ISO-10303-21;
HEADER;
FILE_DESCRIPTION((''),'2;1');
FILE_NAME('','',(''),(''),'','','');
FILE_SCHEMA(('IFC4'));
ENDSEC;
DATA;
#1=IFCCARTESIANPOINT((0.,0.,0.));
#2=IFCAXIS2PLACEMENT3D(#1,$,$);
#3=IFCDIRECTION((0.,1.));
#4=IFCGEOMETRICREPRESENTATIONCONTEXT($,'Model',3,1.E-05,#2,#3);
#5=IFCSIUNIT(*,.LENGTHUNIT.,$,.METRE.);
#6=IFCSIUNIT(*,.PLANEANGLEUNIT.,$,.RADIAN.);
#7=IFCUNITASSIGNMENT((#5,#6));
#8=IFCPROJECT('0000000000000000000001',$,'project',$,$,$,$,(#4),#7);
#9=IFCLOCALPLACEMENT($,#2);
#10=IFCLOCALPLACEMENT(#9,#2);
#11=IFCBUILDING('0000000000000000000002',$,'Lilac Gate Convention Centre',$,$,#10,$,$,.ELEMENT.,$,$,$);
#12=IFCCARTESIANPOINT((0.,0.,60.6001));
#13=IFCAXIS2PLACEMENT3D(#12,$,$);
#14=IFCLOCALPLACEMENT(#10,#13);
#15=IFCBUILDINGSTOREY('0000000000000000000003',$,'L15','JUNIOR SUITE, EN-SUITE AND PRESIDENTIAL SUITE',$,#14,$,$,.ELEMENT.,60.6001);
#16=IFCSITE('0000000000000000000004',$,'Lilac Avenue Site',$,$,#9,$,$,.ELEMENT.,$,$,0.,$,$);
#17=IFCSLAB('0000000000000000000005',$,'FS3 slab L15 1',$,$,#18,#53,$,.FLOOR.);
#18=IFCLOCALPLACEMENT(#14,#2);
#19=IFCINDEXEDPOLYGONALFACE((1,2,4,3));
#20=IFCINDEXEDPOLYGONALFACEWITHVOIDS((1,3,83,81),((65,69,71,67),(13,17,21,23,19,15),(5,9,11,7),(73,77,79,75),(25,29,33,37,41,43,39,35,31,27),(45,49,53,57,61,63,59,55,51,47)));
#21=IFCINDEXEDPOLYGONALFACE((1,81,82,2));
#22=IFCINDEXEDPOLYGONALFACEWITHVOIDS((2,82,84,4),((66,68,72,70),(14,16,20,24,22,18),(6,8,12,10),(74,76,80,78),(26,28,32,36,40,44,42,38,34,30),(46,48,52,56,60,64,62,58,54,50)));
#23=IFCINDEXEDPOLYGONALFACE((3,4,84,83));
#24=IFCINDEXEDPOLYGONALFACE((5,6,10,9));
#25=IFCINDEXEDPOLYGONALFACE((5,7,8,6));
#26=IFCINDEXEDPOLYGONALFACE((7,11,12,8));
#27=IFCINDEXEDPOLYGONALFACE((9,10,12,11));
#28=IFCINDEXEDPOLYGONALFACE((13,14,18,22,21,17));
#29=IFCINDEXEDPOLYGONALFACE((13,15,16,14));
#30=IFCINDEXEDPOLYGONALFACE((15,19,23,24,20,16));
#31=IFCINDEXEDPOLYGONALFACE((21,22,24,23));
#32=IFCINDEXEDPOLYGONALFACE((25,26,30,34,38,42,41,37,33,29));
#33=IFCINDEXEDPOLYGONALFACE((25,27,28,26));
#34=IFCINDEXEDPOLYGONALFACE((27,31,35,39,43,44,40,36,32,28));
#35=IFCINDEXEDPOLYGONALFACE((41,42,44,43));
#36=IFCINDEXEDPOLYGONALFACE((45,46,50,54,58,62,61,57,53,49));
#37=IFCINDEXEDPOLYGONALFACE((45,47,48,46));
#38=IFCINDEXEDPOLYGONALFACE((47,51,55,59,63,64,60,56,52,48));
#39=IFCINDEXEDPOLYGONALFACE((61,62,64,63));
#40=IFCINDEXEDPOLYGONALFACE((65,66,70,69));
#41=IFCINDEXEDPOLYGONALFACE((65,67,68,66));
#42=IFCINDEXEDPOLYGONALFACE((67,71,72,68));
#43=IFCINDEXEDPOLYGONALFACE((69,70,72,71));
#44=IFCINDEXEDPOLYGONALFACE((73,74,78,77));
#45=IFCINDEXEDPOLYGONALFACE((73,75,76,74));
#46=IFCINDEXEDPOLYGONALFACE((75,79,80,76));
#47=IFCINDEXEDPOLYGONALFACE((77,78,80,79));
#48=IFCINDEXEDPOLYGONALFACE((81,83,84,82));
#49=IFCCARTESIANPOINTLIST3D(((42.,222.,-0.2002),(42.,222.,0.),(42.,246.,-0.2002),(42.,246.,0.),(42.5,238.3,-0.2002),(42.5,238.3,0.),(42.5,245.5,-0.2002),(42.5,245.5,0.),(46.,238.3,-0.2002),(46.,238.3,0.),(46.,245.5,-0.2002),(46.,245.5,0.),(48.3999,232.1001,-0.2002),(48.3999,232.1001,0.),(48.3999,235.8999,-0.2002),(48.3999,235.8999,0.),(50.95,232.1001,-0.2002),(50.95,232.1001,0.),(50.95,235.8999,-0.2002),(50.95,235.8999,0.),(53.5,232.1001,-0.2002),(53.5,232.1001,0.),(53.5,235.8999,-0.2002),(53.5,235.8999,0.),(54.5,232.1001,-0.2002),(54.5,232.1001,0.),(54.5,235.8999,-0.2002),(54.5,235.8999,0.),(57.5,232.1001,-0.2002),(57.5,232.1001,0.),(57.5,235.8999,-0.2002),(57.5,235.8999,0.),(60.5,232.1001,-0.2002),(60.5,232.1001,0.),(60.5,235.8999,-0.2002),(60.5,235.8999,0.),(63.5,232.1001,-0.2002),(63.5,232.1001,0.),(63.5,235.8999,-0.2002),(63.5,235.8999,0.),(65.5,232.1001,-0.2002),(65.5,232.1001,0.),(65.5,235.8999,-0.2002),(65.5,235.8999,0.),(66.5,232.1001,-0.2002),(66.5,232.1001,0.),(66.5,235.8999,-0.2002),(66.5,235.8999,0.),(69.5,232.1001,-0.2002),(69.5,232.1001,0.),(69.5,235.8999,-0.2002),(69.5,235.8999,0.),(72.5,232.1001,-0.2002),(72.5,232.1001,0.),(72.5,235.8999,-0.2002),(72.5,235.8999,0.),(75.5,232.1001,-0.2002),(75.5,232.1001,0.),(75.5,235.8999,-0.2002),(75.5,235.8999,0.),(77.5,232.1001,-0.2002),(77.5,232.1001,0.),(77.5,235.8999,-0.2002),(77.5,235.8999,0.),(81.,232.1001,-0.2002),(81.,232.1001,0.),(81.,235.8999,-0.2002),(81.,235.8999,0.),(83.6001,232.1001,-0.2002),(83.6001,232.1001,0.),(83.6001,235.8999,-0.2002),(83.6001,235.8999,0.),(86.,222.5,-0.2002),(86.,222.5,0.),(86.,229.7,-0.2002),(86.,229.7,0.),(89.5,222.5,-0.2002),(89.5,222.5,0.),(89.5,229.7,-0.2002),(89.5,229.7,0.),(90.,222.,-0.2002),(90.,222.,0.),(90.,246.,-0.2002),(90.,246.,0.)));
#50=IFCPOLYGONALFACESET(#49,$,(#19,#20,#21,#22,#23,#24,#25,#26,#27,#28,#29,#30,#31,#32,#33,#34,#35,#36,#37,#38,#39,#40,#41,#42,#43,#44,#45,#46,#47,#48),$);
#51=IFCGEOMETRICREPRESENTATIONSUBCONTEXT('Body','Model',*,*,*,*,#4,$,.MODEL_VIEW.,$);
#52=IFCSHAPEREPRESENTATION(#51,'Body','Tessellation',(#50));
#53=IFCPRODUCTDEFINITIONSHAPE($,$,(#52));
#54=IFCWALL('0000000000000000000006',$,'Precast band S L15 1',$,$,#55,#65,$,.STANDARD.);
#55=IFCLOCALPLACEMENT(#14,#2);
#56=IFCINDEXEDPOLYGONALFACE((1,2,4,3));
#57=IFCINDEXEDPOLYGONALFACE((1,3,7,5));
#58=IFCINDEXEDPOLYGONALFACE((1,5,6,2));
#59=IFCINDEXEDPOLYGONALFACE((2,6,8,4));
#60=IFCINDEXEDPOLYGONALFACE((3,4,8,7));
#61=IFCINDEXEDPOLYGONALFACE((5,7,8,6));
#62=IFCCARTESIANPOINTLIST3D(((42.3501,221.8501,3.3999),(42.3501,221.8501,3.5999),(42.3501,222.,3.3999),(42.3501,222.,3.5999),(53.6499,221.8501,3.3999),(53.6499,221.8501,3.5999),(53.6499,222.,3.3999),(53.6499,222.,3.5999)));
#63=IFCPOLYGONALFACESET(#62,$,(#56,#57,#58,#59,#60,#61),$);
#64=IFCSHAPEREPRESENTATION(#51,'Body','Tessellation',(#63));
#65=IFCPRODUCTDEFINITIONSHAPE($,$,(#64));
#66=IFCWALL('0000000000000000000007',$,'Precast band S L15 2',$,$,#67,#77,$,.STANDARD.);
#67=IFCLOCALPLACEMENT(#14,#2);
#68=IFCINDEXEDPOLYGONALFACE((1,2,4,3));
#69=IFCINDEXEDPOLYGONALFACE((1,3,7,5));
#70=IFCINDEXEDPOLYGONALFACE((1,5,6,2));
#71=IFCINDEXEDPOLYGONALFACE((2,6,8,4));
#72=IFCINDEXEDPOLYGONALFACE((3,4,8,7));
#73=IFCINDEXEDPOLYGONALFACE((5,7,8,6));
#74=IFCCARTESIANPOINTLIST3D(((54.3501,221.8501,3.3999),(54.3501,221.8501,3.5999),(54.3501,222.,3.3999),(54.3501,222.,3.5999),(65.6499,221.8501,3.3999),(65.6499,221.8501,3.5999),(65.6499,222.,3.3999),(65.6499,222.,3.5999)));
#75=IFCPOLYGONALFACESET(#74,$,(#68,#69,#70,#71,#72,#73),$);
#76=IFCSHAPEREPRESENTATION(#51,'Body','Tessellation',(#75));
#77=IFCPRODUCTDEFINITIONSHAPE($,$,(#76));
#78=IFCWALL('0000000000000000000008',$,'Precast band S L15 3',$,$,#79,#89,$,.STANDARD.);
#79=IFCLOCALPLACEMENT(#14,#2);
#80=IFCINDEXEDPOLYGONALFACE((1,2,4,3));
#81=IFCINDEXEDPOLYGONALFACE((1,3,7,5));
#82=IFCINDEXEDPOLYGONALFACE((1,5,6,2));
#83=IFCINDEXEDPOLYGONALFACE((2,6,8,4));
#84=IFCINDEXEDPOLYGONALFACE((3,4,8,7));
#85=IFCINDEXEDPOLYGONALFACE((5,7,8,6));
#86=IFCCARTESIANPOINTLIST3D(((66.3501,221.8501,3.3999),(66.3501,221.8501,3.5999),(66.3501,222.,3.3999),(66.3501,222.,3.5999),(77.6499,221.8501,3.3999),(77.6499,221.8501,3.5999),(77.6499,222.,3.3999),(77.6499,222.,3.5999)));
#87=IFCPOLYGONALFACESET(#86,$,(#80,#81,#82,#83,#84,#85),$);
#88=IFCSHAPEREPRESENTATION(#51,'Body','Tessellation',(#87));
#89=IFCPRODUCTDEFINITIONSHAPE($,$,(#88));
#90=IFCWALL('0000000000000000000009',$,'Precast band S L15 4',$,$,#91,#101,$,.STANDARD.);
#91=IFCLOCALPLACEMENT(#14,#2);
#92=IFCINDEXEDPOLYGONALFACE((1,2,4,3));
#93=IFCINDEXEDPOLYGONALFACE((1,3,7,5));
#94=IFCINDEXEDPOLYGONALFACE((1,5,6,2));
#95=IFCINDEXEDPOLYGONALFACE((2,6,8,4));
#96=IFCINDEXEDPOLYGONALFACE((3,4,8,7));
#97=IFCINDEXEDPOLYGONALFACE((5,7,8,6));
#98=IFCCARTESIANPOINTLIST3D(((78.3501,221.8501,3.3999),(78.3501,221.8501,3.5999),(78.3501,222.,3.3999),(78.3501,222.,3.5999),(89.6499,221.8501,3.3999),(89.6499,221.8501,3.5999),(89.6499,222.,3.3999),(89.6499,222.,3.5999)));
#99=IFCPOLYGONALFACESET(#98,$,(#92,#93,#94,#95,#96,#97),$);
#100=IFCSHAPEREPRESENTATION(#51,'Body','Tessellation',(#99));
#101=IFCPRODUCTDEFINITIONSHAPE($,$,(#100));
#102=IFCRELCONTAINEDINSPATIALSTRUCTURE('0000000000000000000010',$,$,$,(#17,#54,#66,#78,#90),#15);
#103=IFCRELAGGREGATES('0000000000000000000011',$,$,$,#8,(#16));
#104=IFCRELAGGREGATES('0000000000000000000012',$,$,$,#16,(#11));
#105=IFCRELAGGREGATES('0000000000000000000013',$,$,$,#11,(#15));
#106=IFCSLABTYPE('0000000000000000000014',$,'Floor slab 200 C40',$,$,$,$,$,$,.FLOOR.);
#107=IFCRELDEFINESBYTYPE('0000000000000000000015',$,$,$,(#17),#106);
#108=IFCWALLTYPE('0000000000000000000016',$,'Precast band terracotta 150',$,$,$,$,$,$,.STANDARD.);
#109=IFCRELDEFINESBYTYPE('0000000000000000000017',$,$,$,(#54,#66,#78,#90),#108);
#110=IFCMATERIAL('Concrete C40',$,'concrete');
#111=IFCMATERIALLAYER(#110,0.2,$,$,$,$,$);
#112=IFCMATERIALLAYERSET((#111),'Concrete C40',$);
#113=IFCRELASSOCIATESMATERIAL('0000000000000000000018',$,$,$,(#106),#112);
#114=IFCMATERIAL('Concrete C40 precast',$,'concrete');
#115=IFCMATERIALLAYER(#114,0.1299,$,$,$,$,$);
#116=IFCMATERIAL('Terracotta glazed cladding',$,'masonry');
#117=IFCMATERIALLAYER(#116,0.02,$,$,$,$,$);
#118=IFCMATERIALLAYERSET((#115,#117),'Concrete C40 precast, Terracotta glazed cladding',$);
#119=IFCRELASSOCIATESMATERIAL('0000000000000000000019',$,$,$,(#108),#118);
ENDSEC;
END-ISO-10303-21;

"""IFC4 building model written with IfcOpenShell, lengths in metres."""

from ifc_helpers import new_model, si_unit, direction, frame, frame_2d, origin, place, context, subcontext, project, spatial, polyline, rectangle, outline, extrude, material, layer, layer_set, type_object, element, save


model = new_model("IFC4")

# Units and contexts
model_context = context("Model", 3, precision=1e-05, world=origin(), true_north=direction((0.0, 1.0)))
body_context = subcontext(model_context, "Body", "Model", "MODEL_VIEW")
ifc_project = project(units=[si_unit("LENGTHUNIT", "METRE"), si_unit("PLANEANGLEUNIT", "RADIAN")], contexts=[model_context])

# Site, building, storey
site_placement = place(None, origin())
site = spatial("IfcSite", under=ifc_project, at=site_placement, Name="Lilac Avenue Site", CompositionType="ELEMENT", RefElevation=0.0)
building_placement = place(site_placement, origin())
building = spatial("IfcBuilding", under=site, at=building_placement, Name="Lilac Gate Convention Centre", CompositionType="ELEMENT")
storey_placement = place(building_placement, frame((0.0, 0.0, 60.6001)))
storey = spatial("IfcBuildingStorey", under=building, at=storey_placement, Name="L15", Description="JUNIOR SUITE, EN-SUITE AND PRESIDENTIAL SUITE", CompositionType="ELEMENT", Elevation=60.6001)

# Shared definitions
ifc_material_1 = material(Name="Concrete C40", Category="concrete")

# Slab
ifc_layer_1 = layer(ifc_material_1, 0.2)
ifc_layer_set_1 = layer_set([ifc_layer_1], Name="Concrete C40")
slab_type_1 = type_object("IfcSlabType", Name="Floor slab 200 C40", PredefinedType="FLOOR", material=ifc_layer_set_1)
slab_1_placement = place(storey_placement, frame((0.0, 0.0, -0.2002)))
element("IfcSlab", 1, at=slab_1_placement, inside=storey, type_object=slab_type_1, Name="FS3 slab L15 1", PredefinedType="FLOOR", context=body_context, shape_type="SweptSolid", body=[
    extrude(outline(polyline([(42.0, 222.0), (42.0, 246.0), (90.0, 246.0), (90.0, 222.0), (42.0, 222.0)]), holes=[polyline([(48.3999, 235.8999), (48.3999, 232.1001), (50.95, 232.1001), (53.5, 232.1001), (53.5, 235.8999), (50.95, 235.8999), (48.3999, 235.8999)]), polyline([(57.5, 235.8999), (54.5, 235.8999), (54.5, 232.1001), (57.5, 232.1001), (60.5, 232.1001), (63.5, 232.1001), (65.5, 232.1001), (65.5, 235.8999), (63.5, 235.8999), (60.5, 235.8999), (57.5, 235.8999)]), polyline([(42.5, 245.5), (42.5, 238.3), (46.0, 238.3), (46.0, 245.5), (42.5, 245.5)]), polyline([(89.5, 229.7), (86.0, 229.7), (86.0, 222.5), (89.5, 222.5), (89.5, 229.7)]), polyline([(69.5, 235.8999), (66.5, 235.8999), (66.5, 232.1001), (69.5, 232.1001), (72.5, 232.1001), (75.5, 232.1001), (77.5, 232.1001), (77.5, 235.8999), (75.5, 235.8999), (72.5, 235.8999), (69.5, 235.8999)]), polyline([(83.6001, 235.8999), (81.0, 235.8999), (81.0, 232.1001), (83.6001, 232.1001), (83.6001, 235.8999)])]), origin(), (0.0, 0.0, 1.0), 0.2002),
])

# Walls
ifc_material_2 = material(Name="Concrete C40 precast", Category="concrete")
ifc_layer_2 = layer(ifc_material_2, 0.1299)
ifc_material_3 = material(Name="Terracotta glazed cladding", Category="masonry")
ifc_layer_3 = layer(ifc_material_3, 0.02)
ifc_layer_set_2 = layer_set([ifc_layer_2, ifc_layer_3], Name="Concrete C40 precast, Terracotta glazed cladding")
wall_type = type_object("IfcWallType", Name="Precast band terracotta 150", PredefinedType="STANDARD", material=ifc_layer_set_2)
for number, where, z_axis, x_axis, name in (
    (2, (42.3501, 221.925, 3.3999), (0.0, 0.0, 1.0), (1.0, 0.0, 0.0), "Precast band S L15 1"),
    (3, (54.3501, 221.925, 3.3999), (0.0, 0.0, 1.0), (1.0, 0.0, 0.0), "Precast band S L15 2"),
    (4, (66.3501, 221.925, 3.3999), (0.0, 0.0, 1.0), (1.0, 0.0, 0.0), "Precast band S L15 3"),
    (5, (78.3501, 221.925, 3.3999), (0.0, 0.0, 1.0), (1.0, 0.0, 0.0), "Precast band S L15 4"),
):
    element("IfcWall", number, at=place(storey_placement, frame(where, z_axis=z_axis, x_axis=x_axis)), inside=storey, type_object=wall_type, Name=name, PredefinedType="STANDARD", context=body_context, shape_type="SweptSolid", body=[
        extrude(rectangle(XDim=11.2998, YDim=0.1499, at=frame_2d((5.6499, 0.0))), origin(), (0.0, 0.0, 1.0), 0.2),
    ])

save(model, "model.ifc")
